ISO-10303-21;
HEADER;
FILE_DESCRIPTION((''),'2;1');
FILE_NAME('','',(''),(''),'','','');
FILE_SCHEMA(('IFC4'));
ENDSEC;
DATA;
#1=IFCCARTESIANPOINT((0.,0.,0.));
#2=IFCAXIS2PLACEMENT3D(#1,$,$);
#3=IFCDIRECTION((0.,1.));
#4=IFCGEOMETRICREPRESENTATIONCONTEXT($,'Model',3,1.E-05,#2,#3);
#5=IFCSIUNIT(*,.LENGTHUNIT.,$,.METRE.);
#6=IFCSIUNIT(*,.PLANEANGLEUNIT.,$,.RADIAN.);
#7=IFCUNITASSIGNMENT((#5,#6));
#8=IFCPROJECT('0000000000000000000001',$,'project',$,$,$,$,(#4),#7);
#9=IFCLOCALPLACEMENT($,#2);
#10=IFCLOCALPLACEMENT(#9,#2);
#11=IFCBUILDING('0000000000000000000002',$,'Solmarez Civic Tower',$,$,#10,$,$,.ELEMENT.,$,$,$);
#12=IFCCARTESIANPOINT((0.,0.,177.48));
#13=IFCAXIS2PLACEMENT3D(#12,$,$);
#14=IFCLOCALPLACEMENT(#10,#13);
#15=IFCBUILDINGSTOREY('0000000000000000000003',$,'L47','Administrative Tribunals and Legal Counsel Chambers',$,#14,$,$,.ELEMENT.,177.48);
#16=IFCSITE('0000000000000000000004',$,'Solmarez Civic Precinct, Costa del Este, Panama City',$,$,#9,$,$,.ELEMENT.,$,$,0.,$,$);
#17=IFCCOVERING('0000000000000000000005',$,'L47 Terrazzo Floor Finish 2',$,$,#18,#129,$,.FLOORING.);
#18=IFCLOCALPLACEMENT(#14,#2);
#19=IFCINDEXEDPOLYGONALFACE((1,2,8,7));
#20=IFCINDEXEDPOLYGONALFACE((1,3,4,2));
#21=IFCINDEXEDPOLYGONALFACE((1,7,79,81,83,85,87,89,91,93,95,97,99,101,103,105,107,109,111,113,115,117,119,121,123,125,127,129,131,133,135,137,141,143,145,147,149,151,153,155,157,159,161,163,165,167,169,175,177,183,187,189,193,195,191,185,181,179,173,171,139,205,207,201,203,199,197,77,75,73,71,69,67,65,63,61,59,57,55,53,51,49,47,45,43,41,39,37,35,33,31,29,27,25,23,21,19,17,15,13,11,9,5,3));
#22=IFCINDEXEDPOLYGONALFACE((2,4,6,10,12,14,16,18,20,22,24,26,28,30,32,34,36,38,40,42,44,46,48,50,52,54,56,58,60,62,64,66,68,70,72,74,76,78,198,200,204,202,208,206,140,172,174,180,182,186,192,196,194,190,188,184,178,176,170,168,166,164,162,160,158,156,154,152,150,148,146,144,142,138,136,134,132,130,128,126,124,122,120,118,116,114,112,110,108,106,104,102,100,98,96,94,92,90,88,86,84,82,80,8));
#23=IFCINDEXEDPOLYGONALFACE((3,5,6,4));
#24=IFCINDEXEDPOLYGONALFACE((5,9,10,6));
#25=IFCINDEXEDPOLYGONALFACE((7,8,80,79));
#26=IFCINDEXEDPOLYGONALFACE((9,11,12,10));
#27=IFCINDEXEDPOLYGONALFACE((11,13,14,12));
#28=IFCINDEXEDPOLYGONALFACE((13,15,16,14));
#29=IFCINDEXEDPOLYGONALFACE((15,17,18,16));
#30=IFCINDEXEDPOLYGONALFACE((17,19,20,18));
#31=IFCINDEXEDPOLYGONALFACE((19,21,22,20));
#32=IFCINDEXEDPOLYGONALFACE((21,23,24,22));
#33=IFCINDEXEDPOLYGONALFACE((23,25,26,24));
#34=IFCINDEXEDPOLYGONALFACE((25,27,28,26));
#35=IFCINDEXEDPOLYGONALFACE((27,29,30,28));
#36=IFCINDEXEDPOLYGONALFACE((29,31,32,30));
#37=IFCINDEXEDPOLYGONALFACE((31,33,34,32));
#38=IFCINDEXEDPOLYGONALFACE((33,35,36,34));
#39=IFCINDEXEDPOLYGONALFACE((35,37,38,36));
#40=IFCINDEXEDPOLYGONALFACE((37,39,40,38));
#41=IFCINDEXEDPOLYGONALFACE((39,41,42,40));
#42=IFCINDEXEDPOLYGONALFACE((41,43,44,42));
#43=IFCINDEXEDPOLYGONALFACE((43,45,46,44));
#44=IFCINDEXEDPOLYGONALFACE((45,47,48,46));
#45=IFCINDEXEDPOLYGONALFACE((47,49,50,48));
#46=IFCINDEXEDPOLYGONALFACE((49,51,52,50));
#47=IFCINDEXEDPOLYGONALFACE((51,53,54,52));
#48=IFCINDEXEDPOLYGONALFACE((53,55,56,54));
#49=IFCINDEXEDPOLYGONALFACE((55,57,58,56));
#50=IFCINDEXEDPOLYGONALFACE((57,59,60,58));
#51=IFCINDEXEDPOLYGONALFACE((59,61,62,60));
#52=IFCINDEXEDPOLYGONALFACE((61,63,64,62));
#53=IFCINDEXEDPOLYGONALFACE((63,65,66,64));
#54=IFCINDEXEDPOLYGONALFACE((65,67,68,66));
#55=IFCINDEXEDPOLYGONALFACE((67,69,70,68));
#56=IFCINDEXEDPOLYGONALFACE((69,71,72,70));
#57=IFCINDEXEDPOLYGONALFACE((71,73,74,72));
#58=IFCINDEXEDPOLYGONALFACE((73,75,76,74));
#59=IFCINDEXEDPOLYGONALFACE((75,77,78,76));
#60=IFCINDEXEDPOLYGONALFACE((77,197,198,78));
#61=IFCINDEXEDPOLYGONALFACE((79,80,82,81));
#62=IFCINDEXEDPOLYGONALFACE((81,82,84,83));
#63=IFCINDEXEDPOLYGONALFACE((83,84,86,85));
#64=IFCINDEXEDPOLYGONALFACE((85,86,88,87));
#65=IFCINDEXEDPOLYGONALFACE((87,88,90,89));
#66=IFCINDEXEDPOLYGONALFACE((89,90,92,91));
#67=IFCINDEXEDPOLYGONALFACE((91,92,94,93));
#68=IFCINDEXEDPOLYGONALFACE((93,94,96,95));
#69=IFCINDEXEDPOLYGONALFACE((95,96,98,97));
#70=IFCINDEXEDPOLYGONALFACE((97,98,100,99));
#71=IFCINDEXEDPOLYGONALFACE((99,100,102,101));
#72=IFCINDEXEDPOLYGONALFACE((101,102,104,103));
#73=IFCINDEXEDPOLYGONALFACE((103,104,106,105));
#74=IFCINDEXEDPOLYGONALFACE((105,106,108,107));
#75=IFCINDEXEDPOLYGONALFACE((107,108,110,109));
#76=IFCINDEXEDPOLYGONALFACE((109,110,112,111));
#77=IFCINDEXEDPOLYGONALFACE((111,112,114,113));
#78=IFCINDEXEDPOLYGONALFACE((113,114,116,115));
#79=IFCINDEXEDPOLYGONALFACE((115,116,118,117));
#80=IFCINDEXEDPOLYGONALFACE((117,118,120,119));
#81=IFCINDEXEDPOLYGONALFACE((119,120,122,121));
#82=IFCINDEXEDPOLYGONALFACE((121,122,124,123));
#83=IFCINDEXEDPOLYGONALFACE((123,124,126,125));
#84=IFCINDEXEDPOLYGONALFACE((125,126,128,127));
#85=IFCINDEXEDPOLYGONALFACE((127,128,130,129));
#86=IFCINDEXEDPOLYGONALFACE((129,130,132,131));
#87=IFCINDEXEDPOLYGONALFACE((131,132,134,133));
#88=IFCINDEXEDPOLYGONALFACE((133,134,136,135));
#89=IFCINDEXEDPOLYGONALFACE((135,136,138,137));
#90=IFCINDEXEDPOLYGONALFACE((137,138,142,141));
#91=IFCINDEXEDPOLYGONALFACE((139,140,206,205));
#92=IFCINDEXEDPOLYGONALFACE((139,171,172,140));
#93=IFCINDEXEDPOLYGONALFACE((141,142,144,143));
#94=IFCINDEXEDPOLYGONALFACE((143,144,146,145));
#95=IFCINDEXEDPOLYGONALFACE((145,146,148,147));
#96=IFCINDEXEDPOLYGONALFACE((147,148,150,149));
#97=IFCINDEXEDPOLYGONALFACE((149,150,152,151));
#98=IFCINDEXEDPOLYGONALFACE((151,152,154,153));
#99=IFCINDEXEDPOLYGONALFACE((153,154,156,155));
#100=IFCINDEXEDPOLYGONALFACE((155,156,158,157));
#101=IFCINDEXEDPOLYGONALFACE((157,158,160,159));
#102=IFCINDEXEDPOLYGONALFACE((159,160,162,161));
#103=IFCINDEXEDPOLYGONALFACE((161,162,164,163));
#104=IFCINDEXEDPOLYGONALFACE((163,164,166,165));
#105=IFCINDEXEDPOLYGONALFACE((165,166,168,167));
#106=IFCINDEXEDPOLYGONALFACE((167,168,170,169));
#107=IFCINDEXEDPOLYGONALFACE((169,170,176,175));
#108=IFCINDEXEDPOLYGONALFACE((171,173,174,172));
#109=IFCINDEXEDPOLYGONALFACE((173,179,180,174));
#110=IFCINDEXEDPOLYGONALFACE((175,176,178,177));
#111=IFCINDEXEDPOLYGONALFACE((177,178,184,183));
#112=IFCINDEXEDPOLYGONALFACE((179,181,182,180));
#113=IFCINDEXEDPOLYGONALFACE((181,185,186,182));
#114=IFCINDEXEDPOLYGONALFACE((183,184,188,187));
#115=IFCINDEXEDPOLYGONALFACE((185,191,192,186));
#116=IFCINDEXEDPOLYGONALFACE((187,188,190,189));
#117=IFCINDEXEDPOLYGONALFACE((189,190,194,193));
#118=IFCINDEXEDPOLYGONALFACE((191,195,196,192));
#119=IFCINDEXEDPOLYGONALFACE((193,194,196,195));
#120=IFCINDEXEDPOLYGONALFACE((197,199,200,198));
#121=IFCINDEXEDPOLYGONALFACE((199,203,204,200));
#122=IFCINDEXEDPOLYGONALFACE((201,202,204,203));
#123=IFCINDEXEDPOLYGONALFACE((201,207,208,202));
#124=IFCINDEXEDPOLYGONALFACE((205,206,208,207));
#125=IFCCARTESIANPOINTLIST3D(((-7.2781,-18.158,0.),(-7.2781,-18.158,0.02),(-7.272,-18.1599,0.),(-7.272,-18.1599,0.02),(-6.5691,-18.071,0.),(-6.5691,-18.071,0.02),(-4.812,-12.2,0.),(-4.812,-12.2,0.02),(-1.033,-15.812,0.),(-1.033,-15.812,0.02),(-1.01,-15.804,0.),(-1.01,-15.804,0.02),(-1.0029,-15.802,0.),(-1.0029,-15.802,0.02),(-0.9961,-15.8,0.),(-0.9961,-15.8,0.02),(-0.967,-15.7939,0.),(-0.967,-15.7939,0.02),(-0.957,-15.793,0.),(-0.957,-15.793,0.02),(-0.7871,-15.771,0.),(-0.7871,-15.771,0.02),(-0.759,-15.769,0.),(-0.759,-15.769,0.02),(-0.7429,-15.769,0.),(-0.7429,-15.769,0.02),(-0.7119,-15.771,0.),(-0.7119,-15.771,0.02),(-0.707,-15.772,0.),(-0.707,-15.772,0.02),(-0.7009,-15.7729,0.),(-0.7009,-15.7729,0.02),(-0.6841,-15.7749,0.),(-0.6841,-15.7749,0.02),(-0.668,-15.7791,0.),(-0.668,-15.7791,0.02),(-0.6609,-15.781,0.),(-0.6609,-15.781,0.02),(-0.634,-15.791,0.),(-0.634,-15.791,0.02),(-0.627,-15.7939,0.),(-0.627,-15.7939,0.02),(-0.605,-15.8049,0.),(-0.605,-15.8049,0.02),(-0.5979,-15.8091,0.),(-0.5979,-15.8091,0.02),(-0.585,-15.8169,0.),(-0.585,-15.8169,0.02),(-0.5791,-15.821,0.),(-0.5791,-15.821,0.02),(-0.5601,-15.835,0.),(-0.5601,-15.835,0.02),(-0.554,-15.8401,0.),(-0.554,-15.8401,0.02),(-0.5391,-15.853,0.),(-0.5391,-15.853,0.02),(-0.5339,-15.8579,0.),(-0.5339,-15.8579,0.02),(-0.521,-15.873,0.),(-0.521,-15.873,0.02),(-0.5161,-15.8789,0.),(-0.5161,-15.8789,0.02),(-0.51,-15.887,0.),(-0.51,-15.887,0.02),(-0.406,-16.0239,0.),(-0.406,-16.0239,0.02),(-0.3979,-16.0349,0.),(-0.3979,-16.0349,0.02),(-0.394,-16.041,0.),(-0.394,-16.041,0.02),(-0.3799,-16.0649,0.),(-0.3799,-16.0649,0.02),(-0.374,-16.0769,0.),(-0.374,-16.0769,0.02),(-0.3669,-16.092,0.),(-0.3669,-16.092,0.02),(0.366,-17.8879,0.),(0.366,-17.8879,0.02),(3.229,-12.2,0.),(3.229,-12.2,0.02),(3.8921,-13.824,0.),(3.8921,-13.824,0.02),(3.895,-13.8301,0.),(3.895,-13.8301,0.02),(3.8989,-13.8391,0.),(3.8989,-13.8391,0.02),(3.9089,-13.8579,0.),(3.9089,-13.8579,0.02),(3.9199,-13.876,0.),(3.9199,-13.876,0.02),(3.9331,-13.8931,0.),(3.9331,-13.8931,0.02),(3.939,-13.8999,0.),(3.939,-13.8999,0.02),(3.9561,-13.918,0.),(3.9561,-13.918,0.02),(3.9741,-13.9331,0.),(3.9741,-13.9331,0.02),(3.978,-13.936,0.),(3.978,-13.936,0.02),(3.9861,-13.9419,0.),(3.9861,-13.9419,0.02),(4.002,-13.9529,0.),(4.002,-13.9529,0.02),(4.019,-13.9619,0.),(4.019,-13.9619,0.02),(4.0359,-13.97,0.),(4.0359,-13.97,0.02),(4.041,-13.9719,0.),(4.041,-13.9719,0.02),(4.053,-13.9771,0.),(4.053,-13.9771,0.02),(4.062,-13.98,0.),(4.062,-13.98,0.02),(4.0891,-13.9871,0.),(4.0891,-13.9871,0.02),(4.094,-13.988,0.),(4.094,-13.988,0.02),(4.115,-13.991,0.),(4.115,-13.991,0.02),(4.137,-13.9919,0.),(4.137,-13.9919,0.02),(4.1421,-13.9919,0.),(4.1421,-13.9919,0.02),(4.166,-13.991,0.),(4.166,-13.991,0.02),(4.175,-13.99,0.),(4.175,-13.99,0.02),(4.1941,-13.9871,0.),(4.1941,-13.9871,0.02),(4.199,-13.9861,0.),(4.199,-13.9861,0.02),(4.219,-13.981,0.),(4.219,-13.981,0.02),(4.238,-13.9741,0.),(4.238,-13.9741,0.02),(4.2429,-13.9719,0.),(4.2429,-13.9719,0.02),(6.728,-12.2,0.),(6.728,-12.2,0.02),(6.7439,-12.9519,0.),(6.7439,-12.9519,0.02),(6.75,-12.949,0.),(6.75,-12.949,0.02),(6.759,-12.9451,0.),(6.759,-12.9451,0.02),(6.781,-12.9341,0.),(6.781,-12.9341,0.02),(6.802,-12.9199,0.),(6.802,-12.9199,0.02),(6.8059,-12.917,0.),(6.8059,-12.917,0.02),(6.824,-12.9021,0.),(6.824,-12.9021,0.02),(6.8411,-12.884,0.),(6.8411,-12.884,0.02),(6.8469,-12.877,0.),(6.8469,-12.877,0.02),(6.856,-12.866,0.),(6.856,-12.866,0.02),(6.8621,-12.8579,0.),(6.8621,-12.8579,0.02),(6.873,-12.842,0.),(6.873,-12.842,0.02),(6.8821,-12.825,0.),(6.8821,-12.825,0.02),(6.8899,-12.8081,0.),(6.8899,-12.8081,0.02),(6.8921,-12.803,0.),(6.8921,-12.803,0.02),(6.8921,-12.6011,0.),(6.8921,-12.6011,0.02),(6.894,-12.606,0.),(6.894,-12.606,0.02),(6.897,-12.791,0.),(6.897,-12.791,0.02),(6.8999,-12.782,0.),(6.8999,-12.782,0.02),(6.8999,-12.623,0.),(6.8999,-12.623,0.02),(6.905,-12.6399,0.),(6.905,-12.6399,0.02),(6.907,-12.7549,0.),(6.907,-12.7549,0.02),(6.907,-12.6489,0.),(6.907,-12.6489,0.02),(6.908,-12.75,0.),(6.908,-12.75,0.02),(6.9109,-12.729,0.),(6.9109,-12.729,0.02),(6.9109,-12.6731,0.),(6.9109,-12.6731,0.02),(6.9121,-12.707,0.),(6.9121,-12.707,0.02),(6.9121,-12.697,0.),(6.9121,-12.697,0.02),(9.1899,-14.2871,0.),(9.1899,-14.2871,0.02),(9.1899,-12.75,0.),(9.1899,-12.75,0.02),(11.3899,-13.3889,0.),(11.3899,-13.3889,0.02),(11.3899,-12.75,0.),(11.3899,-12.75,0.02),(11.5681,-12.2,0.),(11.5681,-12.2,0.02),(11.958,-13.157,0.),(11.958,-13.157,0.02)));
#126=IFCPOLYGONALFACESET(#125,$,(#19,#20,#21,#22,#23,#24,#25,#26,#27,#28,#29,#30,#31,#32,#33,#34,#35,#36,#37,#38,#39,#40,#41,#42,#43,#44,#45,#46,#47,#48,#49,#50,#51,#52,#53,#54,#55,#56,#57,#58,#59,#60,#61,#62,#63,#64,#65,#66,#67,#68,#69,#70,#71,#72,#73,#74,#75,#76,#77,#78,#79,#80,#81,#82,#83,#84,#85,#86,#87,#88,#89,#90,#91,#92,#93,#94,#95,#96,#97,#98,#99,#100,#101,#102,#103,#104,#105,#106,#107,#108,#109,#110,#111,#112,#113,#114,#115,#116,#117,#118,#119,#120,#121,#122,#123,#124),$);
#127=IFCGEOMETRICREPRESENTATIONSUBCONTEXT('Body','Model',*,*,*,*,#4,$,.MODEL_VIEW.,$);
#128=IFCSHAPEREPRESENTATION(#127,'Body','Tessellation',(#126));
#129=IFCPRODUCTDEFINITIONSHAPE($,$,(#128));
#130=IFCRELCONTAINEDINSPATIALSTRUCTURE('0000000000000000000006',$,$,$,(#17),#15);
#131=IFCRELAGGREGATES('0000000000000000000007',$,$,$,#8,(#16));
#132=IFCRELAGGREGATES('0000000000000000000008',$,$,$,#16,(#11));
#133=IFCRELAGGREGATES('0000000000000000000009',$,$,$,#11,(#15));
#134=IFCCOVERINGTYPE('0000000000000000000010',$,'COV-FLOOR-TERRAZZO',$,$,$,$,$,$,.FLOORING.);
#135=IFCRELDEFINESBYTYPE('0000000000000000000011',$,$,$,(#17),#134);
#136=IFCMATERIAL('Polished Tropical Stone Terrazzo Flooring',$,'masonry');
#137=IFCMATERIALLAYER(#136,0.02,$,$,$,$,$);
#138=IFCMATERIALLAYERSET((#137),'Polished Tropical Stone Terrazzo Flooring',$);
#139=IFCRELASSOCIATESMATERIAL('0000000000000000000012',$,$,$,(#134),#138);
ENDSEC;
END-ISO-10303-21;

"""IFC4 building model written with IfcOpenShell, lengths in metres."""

from ifc_helpers import new_model, si_unit, direction, frame, origin, place, context, subcontext, project, spatial, polyline, outline, extrude, material, layer, layer_set, type_object, element, save


model = new_model("IFC4")

# Units and contexts
model_context = context("Model", 3, precision=1e-05, world=origin(), true_north=direction((0.0, 1.0)))
body_context = subcontext(model_context, "Body", "Model", "MODEL_VIEW")
ifc_project = project(units=[si_unit("LENGTHUNIT", "METRE"), si_unit("PLANEANGLEUNIT", "RADIAN")], contexts=[model_context])

# Site, building, storey
site_placement = place(None, origin())
site = spatial("IfcSite", under=ifc_project, at=site_placement, Name="Solmarez Civic Precinct, Costa del Este, Panama City", CompositionType="ELEMENT", RefElevation=0.0)
building_placement = place(site_placement, origin())
building = spatial("IfcBuilding", under=site, at=building_placement, Name="Solmarez Civic Tower", CompositionType="ELEMENT")
storey_placement = place(building_placement, frame((0.0, 0.0, 177.48)))
storey = spatial("IfcBuildingStorey", under=building, at=storey_placement, Name="L47", Description="Administrative Tribunals and Legal Counsel Chambers", CompositionType="ELEMENT", Elevation=177.48)

# Covering
ifc_material_1 = material(Name="Polished Tropical Stone Terrazzo Flooring", Category="masonry")
ifc_layer_1 = layer(ifc_material_1, 0.02)
ifc_layer_set_1 = layer_set([ifc_layer_1], Name="Polished Tropical Stone Terrazzo Flooring")
covering_type_1 = type_object("IfcCoveringType", Name="COV-FLOOR-TERRAZZO", PredefinedType="FLOORING", material=ifc_layer_set_1)
covering_1_placement = place(storey_placement, origin())
element("IfcCovering", 1, at=covering_1_placement, inside=storey, type_object=covering_type_1, Name="L47 Terrazzo Floor Finish 2", PredefinedType="FLOORING", context=body_context, shape_type="SweptSolid", body=[
    extrude(outline(polyline([(11.5681, -12.2), (6.728, -12.2), (6.8921, -12.6011), (6.894, -12.606), (6.8999, -12.623), (6.905, -12.6399), (6.907, -12.6489), (6.9109, -12.6731), (6.9121, -12.697), (6.9121, -12.707), (6.9109, -12.729), (6.908, -12.75), (6.907, -12.7549), (6.8999, -12.782), (6.897, -12.791), (6.8921, -12.803), (6.8899, -12.8081), (6.8821, -12.825), (6.873, -12.842), (6.8621, -12.8579), (6.856, -12.866), (6.8469, -12.877), (6.8411, -12.884), (6.824, -12.9021), (6.8059, -12.917), (6.802, -12.9199), (6.781, -12.9341), (6.759, -12.9451), (6.75, -12.949), (6.7439, -12.9519), (4.2429, -13.9719), (4.238, -13.9741), (4.219, -13.981), (4.199, -13.9861), (4.1941, -13.9871), (4.175, -13.99), (4.166, -13.991), (4.1421, -13.9919), (4.137, -13.9919), (4.115, -13.991), (4.094, -13.988), (4.0891, -13.9871), (4.062, -13.98), (4.053, -13.9771), (4.041, -13.9719), (4.0359, -13.97), (4.019, -13.9619), (4.002, -13.9529), (3.9861, -13.9419), (3.978, -13.936), (3.9741, -13.9331), (3.9561, -13.918), (3.939, -13.8999), (3.9331, -13.8931), (3.9199, -13.876), (3.9089, -13.8579), (3.8989, -13.8391), (3.895, -13.8301), (3.8921, -13.824), (3.229, -12.2), (-4.812, -12.2), (-7.2781, -18.158), (-7.272, -18.1599), (-6.5691, -18.071), (-1.033, -15.812), (-1.01, -15.804), (-1.0029, -15.802), (-0.9961, -15.8), (-0.967, -15.7939), (-0.957, -15.793), (-0.7871, -15.771), (-0.759, -15.769), (-0.7429, -15.769), (-0.7119, -15.771), (-0.707, -15.772), (-0.7009, -15.7729), (-0.6841, -15.7749), (-0.668, -15.7791), (-0.6609, -15.781), (-0.634, -15.791), (-0.627, -15.7939), (-0.605, -15.8049), (-0.5979, -15.8091), (-0.585, -15.8169), (-0.5791, -15.821), (-0.5601, -15.835), (-0.554, -15.8401), (-0.5391, -15.853), (-0.5339, -15.8579), (-0.521, -15.873), (-0.5161, -15.8789), (-0.51, -15.887), (-0.406, -16.0239), (-0.3979, -16.0349), (-0.394, -16.041), (-0.3799, -16.0649), (-0.374, -16.0769), (-0.3669, -16.092), (0.366, -17.8879), (9.1899, -14.2871), (9.1899, -12.75), (11.3899, -12.75), (11.3899, -13.3889), (11.958, -13.157), (11.5681, -12.2)])), origin(), (0.0, 0.0, 1.0), 0.02),
])

save(model, "model.ifc")
